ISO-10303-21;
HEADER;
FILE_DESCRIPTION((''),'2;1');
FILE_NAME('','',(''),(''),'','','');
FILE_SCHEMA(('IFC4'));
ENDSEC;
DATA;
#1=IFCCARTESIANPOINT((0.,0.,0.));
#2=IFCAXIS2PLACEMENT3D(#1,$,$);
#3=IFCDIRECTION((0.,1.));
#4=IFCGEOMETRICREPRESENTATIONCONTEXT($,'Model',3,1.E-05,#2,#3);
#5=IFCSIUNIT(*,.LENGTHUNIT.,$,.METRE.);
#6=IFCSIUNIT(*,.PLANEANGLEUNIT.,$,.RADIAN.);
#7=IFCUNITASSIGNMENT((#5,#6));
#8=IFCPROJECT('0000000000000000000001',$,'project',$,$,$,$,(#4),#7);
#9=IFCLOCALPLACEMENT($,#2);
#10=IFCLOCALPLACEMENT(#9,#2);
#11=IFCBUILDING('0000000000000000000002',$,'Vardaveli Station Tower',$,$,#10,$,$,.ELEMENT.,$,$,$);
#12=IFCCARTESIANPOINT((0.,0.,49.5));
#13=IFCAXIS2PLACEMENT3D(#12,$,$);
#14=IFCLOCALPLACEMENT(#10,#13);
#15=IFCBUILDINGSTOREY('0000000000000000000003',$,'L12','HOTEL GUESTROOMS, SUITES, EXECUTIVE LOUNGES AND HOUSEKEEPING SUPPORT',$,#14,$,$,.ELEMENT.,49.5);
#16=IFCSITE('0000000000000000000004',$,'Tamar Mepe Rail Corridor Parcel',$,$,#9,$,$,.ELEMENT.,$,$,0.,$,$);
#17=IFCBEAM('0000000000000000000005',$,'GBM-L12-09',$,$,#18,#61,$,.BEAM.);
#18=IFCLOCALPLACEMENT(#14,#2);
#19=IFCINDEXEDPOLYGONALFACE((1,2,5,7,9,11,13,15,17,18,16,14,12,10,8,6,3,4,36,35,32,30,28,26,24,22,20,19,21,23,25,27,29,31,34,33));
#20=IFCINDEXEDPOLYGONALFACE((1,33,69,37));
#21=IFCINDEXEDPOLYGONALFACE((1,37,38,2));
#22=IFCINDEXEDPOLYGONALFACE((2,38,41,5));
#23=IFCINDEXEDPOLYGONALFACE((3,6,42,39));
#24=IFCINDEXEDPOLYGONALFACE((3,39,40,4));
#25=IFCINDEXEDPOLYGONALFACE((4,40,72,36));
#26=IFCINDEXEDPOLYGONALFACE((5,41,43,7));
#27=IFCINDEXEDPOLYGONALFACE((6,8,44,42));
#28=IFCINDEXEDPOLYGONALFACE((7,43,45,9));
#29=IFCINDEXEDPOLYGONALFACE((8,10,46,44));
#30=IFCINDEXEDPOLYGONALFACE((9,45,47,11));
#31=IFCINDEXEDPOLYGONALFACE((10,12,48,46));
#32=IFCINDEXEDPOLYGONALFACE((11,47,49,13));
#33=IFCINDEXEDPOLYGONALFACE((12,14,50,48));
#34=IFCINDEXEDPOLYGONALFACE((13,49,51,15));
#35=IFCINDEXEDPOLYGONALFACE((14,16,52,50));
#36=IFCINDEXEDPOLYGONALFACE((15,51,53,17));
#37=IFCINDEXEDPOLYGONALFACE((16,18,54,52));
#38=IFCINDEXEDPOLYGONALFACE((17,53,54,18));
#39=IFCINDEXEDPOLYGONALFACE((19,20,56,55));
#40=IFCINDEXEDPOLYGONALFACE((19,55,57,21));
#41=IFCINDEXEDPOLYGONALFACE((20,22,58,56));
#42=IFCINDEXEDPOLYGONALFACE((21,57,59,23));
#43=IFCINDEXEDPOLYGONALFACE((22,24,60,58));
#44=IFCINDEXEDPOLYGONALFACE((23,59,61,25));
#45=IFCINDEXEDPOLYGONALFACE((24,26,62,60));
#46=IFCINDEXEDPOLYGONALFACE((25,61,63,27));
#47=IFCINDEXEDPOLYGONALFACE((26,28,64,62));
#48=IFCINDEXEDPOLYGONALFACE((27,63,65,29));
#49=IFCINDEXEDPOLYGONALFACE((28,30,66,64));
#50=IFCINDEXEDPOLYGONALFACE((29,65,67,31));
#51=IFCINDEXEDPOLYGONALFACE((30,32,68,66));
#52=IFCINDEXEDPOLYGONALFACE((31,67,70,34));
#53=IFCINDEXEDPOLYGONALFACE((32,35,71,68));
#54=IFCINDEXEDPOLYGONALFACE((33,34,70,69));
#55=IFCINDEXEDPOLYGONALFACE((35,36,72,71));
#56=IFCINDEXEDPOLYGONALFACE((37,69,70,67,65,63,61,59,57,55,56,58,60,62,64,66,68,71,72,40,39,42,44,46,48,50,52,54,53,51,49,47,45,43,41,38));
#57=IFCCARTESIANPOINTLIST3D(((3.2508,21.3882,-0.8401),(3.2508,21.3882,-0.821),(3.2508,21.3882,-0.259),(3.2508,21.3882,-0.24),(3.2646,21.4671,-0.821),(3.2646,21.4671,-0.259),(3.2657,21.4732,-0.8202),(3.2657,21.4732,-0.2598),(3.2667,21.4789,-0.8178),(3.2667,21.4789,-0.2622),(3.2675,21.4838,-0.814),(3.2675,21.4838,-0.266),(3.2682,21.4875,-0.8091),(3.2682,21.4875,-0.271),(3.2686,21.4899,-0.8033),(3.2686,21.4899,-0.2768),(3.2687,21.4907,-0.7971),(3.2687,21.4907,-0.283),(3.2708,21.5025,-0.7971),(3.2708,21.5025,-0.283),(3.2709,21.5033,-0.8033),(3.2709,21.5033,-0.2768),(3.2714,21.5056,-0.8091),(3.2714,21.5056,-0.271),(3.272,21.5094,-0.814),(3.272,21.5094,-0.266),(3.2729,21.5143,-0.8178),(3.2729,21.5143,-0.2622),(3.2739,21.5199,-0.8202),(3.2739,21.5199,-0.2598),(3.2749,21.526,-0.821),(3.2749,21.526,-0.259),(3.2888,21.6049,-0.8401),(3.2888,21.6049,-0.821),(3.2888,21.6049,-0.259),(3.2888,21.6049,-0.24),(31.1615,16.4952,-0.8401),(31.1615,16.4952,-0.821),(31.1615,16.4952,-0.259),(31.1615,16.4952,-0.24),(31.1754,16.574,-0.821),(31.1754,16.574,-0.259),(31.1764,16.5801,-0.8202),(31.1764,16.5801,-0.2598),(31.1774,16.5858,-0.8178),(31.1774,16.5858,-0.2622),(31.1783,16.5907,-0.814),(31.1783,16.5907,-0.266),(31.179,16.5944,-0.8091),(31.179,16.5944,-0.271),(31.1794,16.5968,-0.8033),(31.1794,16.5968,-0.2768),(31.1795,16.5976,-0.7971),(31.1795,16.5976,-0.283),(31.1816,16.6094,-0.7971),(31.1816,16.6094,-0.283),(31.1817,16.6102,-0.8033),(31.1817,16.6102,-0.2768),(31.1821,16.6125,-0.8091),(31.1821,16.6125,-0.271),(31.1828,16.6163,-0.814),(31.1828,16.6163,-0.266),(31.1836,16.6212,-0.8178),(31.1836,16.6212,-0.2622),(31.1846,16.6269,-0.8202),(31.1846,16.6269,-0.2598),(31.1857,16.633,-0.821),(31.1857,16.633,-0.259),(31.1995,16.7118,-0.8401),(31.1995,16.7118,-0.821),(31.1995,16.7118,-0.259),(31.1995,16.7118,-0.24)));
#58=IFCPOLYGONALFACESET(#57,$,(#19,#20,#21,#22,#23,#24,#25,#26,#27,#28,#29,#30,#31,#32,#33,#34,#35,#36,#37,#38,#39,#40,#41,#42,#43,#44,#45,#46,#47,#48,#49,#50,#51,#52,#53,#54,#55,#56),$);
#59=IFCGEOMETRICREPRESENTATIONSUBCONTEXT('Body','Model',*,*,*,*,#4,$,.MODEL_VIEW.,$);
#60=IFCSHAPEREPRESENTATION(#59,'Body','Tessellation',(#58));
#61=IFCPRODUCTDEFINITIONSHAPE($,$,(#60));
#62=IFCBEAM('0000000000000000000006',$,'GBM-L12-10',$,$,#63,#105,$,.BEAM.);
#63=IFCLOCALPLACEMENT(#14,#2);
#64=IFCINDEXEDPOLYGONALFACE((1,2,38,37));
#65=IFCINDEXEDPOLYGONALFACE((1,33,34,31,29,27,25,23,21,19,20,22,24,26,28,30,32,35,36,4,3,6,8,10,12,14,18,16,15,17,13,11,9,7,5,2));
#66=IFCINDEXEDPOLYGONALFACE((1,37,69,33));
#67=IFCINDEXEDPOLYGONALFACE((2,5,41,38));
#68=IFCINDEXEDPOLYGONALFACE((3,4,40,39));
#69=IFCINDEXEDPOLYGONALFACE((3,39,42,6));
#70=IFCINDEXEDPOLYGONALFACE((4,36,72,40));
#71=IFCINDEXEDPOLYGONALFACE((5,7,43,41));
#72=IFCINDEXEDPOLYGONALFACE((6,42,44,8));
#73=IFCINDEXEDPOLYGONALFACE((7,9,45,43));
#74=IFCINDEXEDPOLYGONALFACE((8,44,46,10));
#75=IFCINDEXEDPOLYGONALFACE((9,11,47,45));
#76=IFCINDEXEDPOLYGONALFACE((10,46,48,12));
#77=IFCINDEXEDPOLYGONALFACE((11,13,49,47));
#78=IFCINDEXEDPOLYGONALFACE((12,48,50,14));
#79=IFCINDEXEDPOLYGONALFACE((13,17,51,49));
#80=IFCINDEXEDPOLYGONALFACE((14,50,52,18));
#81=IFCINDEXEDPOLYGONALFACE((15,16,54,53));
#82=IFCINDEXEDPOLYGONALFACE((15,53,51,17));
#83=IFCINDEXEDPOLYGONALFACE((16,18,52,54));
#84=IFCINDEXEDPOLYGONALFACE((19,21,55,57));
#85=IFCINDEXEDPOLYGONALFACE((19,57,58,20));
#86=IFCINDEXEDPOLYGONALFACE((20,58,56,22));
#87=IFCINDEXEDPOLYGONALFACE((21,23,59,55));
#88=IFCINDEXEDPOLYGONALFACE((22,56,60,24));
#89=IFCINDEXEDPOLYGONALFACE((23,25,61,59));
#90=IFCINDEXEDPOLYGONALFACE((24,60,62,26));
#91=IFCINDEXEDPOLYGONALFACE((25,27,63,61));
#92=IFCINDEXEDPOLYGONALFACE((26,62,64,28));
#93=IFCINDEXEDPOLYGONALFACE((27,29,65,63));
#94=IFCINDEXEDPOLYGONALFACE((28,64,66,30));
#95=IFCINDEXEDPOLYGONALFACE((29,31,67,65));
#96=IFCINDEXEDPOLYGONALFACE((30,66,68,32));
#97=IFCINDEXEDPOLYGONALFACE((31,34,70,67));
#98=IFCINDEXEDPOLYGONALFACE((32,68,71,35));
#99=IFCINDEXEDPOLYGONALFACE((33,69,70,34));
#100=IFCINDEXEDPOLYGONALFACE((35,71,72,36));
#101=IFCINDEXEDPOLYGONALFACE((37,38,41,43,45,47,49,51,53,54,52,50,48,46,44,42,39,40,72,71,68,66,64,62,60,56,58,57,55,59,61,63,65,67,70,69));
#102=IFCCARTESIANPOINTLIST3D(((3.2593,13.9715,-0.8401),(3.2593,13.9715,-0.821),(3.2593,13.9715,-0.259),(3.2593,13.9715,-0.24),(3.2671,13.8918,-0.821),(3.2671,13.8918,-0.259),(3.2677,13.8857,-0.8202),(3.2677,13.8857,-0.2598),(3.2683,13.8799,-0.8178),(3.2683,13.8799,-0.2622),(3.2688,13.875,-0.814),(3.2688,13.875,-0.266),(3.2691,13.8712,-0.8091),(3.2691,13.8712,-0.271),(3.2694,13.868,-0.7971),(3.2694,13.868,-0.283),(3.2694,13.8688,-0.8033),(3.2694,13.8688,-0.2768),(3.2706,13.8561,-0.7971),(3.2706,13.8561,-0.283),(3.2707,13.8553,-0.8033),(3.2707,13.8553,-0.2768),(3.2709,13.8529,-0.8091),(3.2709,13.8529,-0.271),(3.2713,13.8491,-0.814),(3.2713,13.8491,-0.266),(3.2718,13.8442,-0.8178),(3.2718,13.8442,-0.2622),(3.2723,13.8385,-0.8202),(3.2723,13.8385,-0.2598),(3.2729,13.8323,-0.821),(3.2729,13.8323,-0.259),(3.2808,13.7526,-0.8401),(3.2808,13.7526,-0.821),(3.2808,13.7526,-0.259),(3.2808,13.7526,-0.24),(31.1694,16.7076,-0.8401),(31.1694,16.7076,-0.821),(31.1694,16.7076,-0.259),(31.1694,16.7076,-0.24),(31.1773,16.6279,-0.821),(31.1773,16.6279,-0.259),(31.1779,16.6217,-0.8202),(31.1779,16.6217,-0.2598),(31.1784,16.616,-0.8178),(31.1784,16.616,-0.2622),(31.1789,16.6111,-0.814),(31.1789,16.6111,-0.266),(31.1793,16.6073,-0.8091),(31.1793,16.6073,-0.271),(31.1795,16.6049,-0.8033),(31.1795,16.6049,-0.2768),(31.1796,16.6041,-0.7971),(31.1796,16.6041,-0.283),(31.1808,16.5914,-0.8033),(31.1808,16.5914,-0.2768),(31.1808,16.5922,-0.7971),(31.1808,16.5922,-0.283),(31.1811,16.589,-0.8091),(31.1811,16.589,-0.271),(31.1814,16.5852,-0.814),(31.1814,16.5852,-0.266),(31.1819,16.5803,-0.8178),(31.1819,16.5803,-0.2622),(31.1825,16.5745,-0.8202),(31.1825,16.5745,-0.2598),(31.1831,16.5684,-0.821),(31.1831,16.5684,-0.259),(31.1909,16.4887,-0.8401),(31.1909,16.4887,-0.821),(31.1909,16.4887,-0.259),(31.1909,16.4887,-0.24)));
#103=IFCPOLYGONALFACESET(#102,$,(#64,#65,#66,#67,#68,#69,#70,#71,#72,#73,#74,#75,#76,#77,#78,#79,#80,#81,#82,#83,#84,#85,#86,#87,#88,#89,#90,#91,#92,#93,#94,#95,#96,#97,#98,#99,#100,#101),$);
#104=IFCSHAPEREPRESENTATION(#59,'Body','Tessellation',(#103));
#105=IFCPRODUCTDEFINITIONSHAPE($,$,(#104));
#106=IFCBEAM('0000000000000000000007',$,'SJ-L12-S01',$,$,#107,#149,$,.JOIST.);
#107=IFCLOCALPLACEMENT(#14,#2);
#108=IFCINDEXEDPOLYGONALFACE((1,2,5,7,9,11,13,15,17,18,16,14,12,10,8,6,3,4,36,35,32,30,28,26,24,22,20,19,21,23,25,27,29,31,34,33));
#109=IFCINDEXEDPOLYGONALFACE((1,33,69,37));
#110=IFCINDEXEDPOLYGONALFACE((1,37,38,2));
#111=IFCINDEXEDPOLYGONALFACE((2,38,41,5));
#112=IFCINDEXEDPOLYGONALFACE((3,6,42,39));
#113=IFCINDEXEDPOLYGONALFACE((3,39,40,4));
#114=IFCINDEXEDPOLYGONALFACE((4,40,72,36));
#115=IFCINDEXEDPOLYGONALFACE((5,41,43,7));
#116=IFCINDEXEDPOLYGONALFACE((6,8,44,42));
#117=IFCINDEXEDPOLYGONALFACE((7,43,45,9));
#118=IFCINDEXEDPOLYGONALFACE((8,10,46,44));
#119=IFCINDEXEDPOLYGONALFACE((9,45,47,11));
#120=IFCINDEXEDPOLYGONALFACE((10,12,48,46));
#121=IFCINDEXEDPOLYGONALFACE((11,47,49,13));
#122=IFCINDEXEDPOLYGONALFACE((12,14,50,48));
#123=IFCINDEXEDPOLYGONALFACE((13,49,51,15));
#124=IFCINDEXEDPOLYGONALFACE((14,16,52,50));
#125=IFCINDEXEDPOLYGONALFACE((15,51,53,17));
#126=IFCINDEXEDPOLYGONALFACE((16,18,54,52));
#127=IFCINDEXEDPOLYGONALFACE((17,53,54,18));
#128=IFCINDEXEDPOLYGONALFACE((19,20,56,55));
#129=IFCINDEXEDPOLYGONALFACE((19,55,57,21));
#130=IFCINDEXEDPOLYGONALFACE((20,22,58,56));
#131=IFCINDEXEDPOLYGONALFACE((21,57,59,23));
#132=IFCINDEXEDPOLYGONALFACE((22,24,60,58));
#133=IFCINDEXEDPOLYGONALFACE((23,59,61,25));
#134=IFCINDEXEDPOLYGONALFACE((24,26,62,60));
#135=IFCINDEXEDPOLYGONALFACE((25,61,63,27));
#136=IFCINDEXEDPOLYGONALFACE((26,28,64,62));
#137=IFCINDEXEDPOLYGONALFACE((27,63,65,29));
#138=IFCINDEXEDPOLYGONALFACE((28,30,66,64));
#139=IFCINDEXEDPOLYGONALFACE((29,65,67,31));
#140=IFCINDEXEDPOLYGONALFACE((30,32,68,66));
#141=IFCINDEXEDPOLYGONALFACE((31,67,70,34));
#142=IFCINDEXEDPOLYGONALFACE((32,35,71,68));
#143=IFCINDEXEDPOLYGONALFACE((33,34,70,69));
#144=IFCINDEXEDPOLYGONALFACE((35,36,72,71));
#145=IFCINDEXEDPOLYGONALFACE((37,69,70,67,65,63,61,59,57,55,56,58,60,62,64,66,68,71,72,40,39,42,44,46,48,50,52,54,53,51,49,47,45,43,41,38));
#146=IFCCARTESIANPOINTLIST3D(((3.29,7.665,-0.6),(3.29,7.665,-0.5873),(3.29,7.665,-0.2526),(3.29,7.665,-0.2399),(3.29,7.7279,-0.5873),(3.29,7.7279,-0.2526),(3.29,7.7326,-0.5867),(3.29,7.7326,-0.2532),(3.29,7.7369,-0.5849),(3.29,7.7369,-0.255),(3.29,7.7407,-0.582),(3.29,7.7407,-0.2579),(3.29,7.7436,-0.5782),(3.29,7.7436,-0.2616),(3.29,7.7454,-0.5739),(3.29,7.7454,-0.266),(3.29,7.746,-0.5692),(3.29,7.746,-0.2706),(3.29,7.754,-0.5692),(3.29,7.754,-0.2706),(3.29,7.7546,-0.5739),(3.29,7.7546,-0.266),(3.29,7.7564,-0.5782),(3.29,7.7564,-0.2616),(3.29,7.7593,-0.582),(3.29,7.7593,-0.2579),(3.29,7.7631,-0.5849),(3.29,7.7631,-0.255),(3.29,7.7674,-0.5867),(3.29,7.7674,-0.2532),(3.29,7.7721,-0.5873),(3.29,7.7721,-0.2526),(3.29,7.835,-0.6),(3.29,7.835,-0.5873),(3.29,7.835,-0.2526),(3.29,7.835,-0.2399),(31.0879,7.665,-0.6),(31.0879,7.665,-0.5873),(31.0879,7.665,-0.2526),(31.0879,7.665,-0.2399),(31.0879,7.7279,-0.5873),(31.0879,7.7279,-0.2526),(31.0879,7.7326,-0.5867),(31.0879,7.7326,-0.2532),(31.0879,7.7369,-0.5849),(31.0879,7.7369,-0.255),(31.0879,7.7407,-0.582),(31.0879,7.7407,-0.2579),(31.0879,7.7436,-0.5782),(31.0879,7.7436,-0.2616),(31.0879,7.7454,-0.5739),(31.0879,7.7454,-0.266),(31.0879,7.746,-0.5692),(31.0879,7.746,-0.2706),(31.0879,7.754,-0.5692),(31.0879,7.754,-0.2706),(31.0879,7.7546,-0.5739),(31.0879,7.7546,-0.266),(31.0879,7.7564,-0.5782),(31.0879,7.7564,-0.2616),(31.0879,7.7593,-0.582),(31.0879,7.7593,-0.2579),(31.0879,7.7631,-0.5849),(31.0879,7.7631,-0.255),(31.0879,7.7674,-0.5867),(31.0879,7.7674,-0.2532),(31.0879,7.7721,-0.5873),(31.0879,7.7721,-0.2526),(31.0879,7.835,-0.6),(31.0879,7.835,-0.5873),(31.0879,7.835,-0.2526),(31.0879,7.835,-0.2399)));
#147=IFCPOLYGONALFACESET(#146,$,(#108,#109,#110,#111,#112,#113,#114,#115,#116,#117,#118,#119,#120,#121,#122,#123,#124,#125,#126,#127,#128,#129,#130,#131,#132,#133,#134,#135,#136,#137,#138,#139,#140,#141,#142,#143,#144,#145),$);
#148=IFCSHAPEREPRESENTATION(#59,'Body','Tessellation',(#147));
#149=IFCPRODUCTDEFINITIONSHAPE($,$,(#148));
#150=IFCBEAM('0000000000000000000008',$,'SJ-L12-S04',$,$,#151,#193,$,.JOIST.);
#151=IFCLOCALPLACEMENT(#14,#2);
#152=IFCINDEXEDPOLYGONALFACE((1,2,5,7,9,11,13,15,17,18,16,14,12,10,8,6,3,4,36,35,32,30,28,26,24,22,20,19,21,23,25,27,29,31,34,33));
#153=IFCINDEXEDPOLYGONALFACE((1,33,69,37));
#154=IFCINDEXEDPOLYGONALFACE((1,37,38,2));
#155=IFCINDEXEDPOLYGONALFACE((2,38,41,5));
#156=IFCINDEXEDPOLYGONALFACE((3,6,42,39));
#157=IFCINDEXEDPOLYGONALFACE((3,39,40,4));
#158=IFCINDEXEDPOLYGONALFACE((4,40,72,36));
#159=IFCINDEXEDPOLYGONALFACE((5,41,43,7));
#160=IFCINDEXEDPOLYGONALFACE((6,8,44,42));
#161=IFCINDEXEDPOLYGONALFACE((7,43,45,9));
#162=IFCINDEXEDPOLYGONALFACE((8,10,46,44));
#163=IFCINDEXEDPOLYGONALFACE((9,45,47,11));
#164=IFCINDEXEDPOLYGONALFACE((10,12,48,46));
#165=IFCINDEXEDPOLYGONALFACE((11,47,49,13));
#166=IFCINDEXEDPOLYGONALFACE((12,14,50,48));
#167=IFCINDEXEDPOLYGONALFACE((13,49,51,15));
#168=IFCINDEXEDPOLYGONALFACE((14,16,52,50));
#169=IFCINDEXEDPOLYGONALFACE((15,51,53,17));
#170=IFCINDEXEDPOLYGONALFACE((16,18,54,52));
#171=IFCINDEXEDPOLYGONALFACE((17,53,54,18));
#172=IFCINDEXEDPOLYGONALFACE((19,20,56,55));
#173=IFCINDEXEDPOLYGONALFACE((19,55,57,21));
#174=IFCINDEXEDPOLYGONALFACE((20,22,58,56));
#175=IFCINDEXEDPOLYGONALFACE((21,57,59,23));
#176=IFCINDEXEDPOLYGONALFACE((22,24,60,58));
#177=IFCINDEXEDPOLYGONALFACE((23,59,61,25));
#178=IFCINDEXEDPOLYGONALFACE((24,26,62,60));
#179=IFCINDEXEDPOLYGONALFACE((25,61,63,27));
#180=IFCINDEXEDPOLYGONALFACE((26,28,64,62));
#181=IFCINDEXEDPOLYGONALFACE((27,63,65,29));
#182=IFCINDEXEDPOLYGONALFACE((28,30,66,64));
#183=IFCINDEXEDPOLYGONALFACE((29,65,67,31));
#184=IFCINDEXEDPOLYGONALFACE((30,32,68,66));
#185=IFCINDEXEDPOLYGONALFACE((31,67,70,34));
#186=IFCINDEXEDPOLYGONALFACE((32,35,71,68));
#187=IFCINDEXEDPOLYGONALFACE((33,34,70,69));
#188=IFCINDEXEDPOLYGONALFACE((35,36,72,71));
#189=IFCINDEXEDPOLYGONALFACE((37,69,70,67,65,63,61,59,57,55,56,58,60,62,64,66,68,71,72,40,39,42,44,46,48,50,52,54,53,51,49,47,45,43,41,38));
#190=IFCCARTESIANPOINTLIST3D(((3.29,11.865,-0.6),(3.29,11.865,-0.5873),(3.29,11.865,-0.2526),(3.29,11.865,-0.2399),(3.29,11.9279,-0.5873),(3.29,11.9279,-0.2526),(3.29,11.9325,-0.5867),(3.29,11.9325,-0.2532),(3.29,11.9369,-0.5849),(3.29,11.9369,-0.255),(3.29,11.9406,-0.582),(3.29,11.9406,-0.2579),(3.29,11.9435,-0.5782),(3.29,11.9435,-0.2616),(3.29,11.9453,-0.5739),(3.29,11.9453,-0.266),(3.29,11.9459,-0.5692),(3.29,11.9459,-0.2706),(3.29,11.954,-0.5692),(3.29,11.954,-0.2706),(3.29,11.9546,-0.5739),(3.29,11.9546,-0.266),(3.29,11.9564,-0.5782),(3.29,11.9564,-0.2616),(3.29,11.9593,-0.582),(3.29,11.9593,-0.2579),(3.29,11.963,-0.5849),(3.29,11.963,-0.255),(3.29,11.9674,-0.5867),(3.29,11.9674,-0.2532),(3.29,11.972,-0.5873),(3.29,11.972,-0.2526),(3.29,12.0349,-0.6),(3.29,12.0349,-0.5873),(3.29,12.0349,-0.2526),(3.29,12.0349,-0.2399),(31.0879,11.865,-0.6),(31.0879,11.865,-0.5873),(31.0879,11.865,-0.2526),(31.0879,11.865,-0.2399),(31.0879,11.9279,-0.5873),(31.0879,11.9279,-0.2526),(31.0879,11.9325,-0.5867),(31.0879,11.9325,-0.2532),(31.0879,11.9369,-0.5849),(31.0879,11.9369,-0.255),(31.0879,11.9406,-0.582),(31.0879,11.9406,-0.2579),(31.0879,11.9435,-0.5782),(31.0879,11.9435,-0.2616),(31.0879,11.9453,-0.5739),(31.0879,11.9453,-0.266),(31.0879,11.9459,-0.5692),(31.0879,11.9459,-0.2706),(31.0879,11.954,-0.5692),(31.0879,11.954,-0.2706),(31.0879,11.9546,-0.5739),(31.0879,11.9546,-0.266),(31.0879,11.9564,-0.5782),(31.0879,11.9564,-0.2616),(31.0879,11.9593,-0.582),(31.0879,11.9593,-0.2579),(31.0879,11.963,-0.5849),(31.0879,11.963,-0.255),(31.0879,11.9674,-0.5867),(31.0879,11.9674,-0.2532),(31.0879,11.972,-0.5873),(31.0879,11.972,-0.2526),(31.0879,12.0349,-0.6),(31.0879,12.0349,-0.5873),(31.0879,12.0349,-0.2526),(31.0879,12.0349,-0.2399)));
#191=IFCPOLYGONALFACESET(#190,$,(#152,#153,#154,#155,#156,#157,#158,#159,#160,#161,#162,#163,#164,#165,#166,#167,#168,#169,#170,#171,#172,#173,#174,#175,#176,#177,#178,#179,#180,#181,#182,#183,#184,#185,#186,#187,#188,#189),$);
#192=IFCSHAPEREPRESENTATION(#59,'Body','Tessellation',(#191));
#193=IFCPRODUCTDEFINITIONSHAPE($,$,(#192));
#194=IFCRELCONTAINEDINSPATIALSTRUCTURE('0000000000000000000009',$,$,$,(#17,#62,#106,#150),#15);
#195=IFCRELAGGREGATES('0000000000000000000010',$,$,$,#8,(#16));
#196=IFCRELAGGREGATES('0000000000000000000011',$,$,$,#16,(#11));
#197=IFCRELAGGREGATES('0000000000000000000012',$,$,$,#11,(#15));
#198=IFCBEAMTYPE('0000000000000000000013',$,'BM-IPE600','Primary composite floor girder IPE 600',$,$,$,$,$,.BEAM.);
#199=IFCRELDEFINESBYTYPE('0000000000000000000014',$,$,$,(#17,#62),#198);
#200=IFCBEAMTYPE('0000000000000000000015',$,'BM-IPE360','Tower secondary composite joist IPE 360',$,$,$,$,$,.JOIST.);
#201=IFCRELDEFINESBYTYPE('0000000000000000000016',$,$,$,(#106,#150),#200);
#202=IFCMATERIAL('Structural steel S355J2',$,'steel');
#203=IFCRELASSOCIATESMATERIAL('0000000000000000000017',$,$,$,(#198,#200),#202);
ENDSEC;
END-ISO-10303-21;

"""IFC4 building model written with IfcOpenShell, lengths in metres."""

from ifc_helpers import new_model, si_unit, direction, frame, origin, origin_2d, place, context, subcontext, project, spatial, i_section, extrude, source, transform, mapped, material, material_profile, profile_set, type_object, element, save


model = new_model("IFC4")

# Units and contexts
model_context = context("Model", 3, precision=1e-05, world=origin(), true_north=direction((0.0, 1.0)))
body_context = subcontext(model_context, "Body", "Model", "MODEL_VIEW")
ifc_project = project(units=[si_unit("LENGTHUNIT", "METRE"), si_unit("PLANEANGLEUNIT", "RADIAN")], contexts=[model_context])

# Site, building, storey
site_placement = place(None, origin())
site = spatial("IfcSite", under=ifc_project, at=site_placement, Name="Tamar Mepe Rail Corridor Parcel", CompositionType="ELEMENT", RefElevation=0.0)
building_placement = place(site_placement, origin())
building = spatial("IfcBuilding", under=site, at=building_placement, Name="Vardaveli Station Tower", CompositionType="ELEMENT")
storey_placement = place(building_placement, frame((0.0, 0.0, 49.5)))
storey = spatial("IfcBuildingStorey", under=building, at=storey_placement, Name="L12", Description="HOTEL GUESTROOMS, SUITES, EXECUTIVE LOUNGES AND HOUSEKEEPING SUPPORT", CompositionType="ELEMENT", Elevation=49.5)

# Beams
ifc_material_1 = material(Name="Structural steel S355J2", Category="steel")
ifc_material_profile_1 = material_profile(ifc_material_1, i_section(OverallWidth=0.22, OverallDepth=0.6001, WebThickness=0.012, FlangeThickness=0.019, FilletRadius=0.0239, at=origin_2d()), Name="IPE 600")
ifc_profile_set_1 = profile_set([ifc_material_profile_1], Name="Structural steel S355J2")
beam_type_1 = type_object("IfcBeamType", Name="BM-IPE600", Description="Primary composite floor girder IPE 600", PredefinedType="BEAM", material=ifc_profile_set_1)
shared_shape_1 = source(origin(), body_context, "Body", "SweptSolid", [
    extrude(i_section(OverallWidth=0.22, OverallDepth=0.6001, WebThickness=0.012, FlangeThickness=0.019, FilletRadius=0.0239, at=origin_2d()), origin(), (0.0, 0.0, 1.0), 28.3364),
])
beam_1_placement = place(storey_placement, frame((3.2698, 21.4966, -0.54), z_axis=(0.984978, -0.172678, 0.0), x_axis=(0.172678, 0.984978, 0.0)))
element("IfcBeam", 1, at=beam_1_placement, inside=storey, type_object=beam_type_1, Name="GBM-L12-09", PredefinedType="BEAM", context=body_context, shape_type="MappedRepresentation", body=[
    mapped(shared_shape_1, transform((0.0, 0.0, 0.0), scale=1.0)),
])
shared_shape_2 = source(origin(), body_context, "Body", "SweptSolid", [
    extrude(i_section(OverallWidth=0.22, OverallDepth=0.6001, WebThickness=0.012, FlangeThickness=0.019, FilletRadius=0.0239, at=origin_2d()), origin(), (0.0, 0.0, 1.0), 28.0439),
])
beam_2_placement = place(storey_placement, frame((3.27, 13.8621, -0.54), z_axis=(0.995229, 0.097564, 0.0), x_axis=(-0.097564, 0.995229, 0.0)))
element("IfcBeam", 2, at=beam_2_placement, inside=storey, type_object=beam_type_1, Name="GBM-L12-10", PredefinedType="BEAM", context=body_context, shape_type="MappedRepresentation", body=[
    mapped(shared_shape_2, transform((0.0, 0.0, 0.0), scale=1.0)),
])
ifc_material_profile_2 = material_profile(ifc_material_1, i_section(OverallWidth=0.1699, OverallDepth=0.3601, WebThickness=0.0081, FlangeThickness=0.0127, FilletRadius=0.0181, at=origin_2d()), Name="IPE 360")
ifc_profile_set_2 = profile_set([ifc_material_profile_2], Name="Structural steel S355J2")
beam_type_2 = type_object("IfcBeamType", Name="BM-IPE360", Description="Tower secondary composite joist IPE 360", PredefinedType="JOIST", material=ifc_profile_set_2)
shared_shape_3 = source(origin(), body_context, "Body", "SweptSolid", [
    extrude(i_section(OverallWidth=0.1699, OverallDepth=0.3601, WebThickness=0.0081, FlangeThickness=0.0127, FilletRadius=0.0181, at=origin_2d()), origin(), (0.0, 0.0, 1.0), 27.7979),
])
for number, where, z_axis, x_axis, name in (
    (3, (3.29, 7.75, -0.4199), (1.0, 0.0, 0.0), (0.0, 1.0, 0.0), "SJ-L12-S01"),
    (4, (3.29, 11.95, -0.4199), (1.0, 0.0, 0.0), (0.0, 1.0, 0.0), "SJ-L12-S04"),
):
    element("IfcBeam", number, at=place(storey_placement, frame(where, z_axis=z_axis, x_axis=x_axis)), inside=storey, type_object=beam_type_2, Name=name, PredefinedType="JOIST", context=body_context, shape_type="MappedRepresentation", body=[
        mapped(shared_shape_3, transform((0.0, 0.0, 0.0), scale=1.0)),
    ])

save(model, "model.ifc")
